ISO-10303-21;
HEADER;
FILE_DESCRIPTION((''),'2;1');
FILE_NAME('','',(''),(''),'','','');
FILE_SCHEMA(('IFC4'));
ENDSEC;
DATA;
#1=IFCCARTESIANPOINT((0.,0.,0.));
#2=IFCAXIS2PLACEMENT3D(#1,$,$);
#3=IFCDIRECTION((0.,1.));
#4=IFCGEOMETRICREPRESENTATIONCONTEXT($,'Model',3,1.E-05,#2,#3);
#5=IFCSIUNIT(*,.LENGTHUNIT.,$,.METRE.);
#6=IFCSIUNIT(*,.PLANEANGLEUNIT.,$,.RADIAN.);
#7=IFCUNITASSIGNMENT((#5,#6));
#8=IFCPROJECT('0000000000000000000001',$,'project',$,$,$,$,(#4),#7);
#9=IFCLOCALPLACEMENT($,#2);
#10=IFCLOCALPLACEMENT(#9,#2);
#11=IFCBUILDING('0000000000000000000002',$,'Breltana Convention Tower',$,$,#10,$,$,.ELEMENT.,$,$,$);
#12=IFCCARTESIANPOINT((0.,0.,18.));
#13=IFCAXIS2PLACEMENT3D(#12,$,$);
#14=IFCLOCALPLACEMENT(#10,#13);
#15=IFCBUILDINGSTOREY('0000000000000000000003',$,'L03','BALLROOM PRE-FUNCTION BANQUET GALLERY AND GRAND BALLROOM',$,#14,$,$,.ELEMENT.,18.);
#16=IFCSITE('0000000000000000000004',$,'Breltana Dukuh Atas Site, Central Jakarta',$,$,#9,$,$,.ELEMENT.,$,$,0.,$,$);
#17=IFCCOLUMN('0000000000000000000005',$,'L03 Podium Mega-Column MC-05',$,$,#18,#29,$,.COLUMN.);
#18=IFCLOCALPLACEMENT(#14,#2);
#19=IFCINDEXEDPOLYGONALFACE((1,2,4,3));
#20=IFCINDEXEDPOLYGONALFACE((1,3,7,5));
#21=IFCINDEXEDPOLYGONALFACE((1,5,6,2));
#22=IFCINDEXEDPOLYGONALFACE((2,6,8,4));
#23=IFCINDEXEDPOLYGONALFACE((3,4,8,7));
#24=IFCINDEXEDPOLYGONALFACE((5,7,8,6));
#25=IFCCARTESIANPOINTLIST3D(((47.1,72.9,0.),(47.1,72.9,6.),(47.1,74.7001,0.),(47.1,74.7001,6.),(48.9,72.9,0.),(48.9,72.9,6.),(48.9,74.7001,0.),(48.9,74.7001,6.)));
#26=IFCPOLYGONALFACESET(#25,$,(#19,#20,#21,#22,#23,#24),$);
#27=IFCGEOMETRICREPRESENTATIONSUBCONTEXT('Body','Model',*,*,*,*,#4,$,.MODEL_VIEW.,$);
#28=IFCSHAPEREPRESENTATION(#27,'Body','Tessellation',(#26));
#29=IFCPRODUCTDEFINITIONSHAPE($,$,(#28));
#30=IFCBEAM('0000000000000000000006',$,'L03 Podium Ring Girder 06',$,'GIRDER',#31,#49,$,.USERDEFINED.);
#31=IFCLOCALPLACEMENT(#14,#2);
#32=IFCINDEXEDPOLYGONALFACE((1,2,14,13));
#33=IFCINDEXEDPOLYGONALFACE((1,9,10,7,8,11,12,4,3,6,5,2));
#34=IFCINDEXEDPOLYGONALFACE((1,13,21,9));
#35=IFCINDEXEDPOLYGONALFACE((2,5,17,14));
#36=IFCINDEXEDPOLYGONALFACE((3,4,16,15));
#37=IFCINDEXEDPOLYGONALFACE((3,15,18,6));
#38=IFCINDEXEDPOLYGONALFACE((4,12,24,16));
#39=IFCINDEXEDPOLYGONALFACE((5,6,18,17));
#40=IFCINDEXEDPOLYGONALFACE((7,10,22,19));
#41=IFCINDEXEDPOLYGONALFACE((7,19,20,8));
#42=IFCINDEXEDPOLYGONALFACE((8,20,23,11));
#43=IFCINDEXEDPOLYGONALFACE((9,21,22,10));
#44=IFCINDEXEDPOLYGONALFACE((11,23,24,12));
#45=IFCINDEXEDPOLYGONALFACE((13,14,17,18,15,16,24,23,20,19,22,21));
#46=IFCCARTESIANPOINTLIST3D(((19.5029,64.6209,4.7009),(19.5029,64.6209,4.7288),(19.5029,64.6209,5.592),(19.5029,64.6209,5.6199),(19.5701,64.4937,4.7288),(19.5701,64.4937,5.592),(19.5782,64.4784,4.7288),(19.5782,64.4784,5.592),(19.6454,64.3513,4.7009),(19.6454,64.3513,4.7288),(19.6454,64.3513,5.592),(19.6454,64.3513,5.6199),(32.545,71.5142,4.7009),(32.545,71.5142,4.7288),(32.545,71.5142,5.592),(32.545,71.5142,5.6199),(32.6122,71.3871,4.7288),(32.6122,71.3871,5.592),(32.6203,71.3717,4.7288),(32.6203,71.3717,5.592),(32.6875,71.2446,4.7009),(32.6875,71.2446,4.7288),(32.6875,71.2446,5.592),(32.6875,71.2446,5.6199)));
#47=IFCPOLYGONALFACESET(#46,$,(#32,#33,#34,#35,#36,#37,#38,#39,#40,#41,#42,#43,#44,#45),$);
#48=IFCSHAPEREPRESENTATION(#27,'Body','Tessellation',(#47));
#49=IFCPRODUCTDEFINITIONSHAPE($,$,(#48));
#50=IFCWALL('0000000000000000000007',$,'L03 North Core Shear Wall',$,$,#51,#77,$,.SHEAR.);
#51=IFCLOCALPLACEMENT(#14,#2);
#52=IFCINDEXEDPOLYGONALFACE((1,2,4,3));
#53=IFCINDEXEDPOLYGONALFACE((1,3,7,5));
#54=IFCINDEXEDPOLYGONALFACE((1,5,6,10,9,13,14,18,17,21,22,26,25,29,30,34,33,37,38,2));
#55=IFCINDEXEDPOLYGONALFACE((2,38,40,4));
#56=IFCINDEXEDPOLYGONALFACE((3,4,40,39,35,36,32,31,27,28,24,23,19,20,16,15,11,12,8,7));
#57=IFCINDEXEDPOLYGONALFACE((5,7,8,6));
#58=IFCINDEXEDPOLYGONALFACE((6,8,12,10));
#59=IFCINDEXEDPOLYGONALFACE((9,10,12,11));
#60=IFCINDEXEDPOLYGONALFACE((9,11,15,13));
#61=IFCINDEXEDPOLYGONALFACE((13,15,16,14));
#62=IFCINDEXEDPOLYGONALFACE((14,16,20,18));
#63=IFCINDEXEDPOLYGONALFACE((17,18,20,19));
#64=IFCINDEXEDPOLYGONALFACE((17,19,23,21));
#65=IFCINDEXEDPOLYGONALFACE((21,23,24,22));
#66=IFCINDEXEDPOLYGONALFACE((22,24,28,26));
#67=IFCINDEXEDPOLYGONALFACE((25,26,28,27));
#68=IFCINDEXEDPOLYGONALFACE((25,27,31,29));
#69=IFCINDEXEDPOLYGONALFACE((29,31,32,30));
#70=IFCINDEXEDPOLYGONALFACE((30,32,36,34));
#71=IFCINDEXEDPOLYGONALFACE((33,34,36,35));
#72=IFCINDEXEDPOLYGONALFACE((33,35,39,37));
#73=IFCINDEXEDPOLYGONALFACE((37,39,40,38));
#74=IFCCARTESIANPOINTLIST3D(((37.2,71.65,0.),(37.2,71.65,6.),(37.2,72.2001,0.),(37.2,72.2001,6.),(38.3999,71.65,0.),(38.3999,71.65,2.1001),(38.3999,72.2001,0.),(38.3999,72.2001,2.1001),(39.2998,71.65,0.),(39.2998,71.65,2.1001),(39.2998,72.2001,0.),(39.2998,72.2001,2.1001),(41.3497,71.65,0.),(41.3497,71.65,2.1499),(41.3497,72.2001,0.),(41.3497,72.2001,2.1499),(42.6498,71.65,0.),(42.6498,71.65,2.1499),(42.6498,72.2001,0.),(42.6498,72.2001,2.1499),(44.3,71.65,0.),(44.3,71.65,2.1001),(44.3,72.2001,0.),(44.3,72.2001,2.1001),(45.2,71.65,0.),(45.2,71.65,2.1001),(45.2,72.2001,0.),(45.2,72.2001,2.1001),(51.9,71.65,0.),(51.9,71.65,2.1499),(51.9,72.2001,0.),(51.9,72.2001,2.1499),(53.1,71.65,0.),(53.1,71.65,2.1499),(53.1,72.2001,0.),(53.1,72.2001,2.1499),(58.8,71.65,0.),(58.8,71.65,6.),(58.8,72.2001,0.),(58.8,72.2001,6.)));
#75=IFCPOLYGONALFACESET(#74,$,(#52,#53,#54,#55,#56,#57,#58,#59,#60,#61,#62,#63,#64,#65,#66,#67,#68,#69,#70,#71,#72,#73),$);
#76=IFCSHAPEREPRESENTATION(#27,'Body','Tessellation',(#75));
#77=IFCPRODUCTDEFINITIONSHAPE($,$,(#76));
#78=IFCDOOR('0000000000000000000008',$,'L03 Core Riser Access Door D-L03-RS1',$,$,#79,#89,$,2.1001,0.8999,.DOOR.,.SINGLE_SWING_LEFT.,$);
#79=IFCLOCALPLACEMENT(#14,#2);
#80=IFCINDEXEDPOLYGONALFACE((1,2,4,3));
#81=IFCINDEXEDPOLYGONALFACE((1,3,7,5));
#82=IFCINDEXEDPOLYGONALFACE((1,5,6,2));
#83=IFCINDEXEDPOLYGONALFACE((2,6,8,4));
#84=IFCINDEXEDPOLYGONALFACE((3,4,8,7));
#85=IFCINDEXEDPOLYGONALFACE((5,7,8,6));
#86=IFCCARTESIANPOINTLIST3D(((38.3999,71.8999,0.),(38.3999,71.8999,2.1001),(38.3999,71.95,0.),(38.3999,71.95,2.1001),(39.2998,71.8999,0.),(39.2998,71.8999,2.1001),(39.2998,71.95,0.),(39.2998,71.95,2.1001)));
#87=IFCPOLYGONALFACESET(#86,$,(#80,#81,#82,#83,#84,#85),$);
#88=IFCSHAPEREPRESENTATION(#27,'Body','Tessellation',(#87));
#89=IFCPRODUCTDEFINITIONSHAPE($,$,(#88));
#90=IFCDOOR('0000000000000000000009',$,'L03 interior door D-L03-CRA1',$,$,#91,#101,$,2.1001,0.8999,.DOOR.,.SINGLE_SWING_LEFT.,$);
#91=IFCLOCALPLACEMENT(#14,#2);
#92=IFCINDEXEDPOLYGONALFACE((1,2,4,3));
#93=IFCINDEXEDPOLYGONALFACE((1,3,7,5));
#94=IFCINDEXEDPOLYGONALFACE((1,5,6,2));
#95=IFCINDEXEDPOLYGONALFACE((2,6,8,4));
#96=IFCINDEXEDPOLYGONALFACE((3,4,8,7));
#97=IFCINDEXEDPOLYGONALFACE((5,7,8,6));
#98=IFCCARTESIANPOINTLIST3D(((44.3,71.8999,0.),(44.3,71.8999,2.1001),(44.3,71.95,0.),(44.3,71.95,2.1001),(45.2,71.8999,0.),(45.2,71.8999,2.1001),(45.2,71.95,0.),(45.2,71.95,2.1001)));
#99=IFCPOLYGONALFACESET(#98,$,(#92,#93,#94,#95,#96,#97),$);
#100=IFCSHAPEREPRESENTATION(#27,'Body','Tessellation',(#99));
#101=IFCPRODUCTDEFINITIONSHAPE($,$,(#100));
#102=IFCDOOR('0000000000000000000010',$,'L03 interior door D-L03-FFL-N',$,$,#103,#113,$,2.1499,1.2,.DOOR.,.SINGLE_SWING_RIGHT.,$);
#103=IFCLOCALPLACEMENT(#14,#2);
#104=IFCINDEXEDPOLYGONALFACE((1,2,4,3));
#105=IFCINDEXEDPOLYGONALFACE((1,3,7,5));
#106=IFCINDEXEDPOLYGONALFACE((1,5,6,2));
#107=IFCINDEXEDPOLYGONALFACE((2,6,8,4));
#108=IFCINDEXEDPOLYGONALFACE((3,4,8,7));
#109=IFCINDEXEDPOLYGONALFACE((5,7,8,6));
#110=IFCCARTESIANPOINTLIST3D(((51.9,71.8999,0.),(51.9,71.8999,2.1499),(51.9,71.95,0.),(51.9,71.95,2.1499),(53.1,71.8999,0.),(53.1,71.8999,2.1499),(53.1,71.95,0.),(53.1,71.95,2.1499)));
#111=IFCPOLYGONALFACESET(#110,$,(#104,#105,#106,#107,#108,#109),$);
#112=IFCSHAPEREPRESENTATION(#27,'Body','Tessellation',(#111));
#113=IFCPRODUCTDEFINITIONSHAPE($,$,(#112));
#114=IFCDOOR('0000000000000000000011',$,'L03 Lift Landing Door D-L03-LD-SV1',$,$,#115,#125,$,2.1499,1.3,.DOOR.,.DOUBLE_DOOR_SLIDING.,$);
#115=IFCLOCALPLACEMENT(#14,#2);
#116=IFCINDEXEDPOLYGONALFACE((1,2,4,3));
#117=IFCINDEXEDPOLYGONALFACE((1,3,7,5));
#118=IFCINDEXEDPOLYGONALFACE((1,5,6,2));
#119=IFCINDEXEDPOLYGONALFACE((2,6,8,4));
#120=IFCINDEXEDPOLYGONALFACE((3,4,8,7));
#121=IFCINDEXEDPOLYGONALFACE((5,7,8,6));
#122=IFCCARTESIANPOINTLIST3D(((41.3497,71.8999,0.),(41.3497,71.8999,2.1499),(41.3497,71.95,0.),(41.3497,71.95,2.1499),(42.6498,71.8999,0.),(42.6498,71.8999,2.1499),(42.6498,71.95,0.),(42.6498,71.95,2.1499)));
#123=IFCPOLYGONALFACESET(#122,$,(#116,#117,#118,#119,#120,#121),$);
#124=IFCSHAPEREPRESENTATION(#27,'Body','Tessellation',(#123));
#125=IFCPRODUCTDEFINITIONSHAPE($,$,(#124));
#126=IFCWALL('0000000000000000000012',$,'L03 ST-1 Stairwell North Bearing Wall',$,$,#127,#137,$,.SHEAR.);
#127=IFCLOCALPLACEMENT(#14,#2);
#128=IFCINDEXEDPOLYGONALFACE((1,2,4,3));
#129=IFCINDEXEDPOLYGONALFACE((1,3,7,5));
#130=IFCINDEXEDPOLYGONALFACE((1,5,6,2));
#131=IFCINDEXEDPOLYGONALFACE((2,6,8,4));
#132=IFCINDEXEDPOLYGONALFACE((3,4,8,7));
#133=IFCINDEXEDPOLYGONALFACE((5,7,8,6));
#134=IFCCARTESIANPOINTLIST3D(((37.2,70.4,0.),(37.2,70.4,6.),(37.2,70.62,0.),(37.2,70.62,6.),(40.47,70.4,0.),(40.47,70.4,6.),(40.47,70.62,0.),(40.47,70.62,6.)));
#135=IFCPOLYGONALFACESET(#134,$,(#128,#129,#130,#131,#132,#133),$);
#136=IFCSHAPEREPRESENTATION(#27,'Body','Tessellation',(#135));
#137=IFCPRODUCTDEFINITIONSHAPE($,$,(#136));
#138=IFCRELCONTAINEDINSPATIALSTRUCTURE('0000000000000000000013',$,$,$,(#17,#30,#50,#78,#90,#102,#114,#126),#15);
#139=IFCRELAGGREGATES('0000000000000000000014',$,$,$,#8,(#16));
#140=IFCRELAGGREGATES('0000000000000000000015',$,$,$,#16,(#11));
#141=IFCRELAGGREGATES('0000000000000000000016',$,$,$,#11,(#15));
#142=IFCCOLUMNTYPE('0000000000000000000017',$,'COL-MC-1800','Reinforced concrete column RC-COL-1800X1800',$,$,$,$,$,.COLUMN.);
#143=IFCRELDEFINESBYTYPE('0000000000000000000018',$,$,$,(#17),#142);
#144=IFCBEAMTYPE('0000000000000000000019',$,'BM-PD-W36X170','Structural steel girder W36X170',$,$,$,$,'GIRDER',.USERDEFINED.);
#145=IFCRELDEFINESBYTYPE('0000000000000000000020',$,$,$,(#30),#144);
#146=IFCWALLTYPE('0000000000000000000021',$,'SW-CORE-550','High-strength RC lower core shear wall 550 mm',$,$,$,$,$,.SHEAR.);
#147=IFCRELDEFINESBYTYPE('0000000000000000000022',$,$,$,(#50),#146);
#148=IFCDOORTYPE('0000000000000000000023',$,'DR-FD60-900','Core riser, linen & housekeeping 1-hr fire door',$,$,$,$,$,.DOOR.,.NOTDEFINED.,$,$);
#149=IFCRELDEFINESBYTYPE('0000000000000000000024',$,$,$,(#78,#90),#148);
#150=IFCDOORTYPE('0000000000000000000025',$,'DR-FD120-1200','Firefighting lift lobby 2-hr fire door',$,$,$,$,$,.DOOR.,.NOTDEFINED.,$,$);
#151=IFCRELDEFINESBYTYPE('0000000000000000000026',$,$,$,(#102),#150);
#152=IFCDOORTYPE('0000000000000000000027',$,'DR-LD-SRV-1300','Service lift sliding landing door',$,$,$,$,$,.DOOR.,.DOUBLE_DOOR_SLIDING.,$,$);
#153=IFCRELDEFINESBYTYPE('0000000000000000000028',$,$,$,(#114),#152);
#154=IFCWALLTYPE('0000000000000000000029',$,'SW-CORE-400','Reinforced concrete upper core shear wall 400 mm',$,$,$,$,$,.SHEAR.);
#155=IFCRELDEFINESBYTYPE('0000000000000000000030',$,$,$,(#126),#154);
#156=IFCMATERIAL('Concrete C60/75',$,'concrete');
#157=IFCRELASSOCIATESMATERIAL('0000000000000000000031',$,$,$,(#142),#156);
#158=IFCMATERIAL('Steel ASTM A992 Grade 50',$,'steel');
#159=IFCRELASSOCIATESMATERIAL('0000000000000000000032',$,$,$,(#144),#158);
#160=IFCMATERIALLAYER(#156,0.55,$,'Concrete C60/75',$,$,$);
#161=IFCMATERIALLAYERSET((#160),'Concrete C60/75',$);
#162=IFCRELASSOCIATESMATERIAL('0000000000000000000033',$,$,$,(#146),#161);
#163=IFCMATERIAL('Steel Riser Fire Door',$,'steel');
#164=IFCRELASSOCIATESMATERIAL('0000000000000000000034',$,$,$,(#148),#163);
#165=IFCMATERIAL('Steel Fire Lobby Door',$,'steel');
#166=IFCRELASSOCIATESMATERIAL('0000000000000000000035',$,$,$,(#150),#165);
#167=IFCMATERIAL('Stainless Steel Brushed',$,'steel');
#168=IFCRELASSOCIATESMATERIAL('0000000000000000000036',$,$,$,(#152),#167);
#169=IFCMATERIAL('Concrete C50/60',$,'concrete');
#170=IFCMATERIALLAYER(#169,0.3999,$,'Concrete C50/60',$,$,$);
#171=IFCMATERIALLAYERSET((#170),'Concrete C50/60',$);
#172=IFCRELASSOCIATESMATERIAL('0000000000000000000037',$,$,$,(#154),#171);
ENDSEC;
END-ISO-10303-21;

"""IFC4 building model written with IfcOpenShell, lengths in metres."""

from ifc_helpers import new_model, si_unit, direction, frame, frame_2d, origin, origin_2d, place, context, subcontext, project, spatial, rectangle, i_section, extrude, source, transform, mapped, material, layer, layer_set, material_profile, profile_set, type_object, type_shapes, element, fill, save


model = new_model("IFC4")

# Units and contexts
model_context = context("Model", 3, precision=1e-05, world=origin(), true_north=direction((0.0, 1.0)))
body_context = subcontext(model_context, "Body", "Model", "MODEL_VIEW")
ifc_project = project(units=[si_unit("LENGTHUNIT", "METRE"), si_unit("PLANEANGLEUNIT", "RADIAN")], contexts=[model_context])

# Site, building, storey
site_placement = place(None, origin())
site = spatial("IfcSite", under=ifc_project, at=site_placement, Name="Breltana Dukuh Atas Site, Central Jakarta", CompositionType="ELEMENT", RefElevation=0.0)
building_placement = place(site_placement, origin())
building = spatial("IfcBuilding", under=site, at=building_placement, Name="Breltana Convention Tower", CompositionType="ELEMENT")
storey_placement = place(building_placement, frame((0.0, 0.0, 18.0)))
storey = spatial("IfcBuildingStorey", under=building, at=storey_placement, Name="L03", Description="BALLROOM PRE-FUNCTION BANQUET GALLERY AND GRAND BALLROOM", CompositionType="ELEMENT", Elevation=18.0)

# Column
ifc_material_1 = material(Name="Concrete C60/75", Category="concrete")
ifc_material_profile_1 = material_profile(ifc_material_1, rectangle(XDim=1.8, YDim=1.8, at=origin_2d()), Name="RC-COL-1800X1800")
ifc_profile_set_1 = profile_set([ifc_material_profile_1], Name="Concrete C60/75")
column_type = type_object("IfcColumnType", Name="COL-MC-1800", Description="Reinforced concrete column RC-COL-1800X1800", PredefinedType="COLUMN", material=ifc_profile_set_1)
shared_shape_1 = source(origin(), body_context, "Body", "SweptSolid", [
    extrude(rectangle(XDim=1.8, YDim=1.8, at=origin_2d()), origin(), (0.0, 0.0, 1.0), 6.0),
])
type_shapes(column_type, [shared_shape_1])
column_placement = place(storey_placement, frame((48.0, 73.8, 0.0), z_axis=(0.0, 0.0, 1.0), x_axis=(0.0, 1.0, 0.0)))
element("IfcColumn", 1, at=column_placement, inside=storey, type_object=column_type, Name="L03 Podium Mega-Column MC-05", PredefinedType="COLUMN", context=body_context, shape_type="MappedRepresentation", body=[
    mapped(shared_shape_1, transform((0.0, 0.0, 0.0), scale=1.0)),
])

# Beam
ifc_material_2 = material(Name="Steel ASTM A992 Grade 50", Category="steel")
ifc_material_profile_2 = material_profile(ifc_material_2, i_section(OverallWidth=0.3049, OverallDepth=0.9189, WebThickness=0.0173, FlangeThickness=0.0278, at=origin_2d()), Name="W36X170")
ifc_profile_set_2 = profile_set([ifc_material_profile_2], Name="Steel ASTM A992 Grade 50")
beam_type = type_object("IfcBeamType", Name="BM-PD-W36X170", Description="Structural steel girder W36X170", ElementType="GIRDER", PredefinedType="USERDEFINED", material=ifc_profile_set_2)
shared_shape_2 = source(origin(), body_context, "Body", "SweptSolid", [
    extrude(i_section(OverallWidth=0.3049, OverallDepth=0.9189, WebThickness=0.0173, FlangeThickness=0.0278, at=origin_2d()), origin(), (0.0, 0.0, 1.0), 14.7517),
])
beam_placement = place(storey_placement, frame((32.6162, 71.3794, 5.1604), z_axis=(-0.884104, -0.467291, 0.0), x_axis=(0.467291, -0.884104, 0.0)))
element("IfcBeam", 2, at=beam_placement, inside=storey, type_object=beam_type, Name="L03 Podium Ring Girder 06", ObjectType="GIRDER", PredefinedType="USERDEFINED", context=body_context, shape_type="MappedRepresentation", body=[
    mapped(shared_shape_2, transform((0.0, 0.0, 0.0), scale=1.0)),
])

# Wall, openings, doors
ifc_layer_1 = layer(ifc_material_1, 0.55, Name="Concrete C60/75")
ifc_layer_set_1 = layer_set([ifc_layer_1], Name="Concrete C60/75")
wall_type_1 = type_object("IfcWallType", Name="SW-CORE-550", Description="High-strength RC lower core shear wall 550 mm", PredefinedType="SHEAR", material=ifc_layer_set_1)
shared_shape_3 = source(origin(), body_context, "Body", "SweptSolid", [
    extrude(rectangle(XDim=21.6001, YDim=0.55, at=frame_2d((10.8, 0.0))), origin(), (0.0, 0.0, 1.0), 6.0),
])
wall_1_placement = place(storey_placement, frame((37.2, 71.925, 0.0), z_axis=(0.0, 0.0, 1.0), x_axis=(1.0, 0.0, 0.0)))
wall_1 = element("IfcWall", 3, at=wall_1_placement, inside=storey, type_object=wall_type_1, Name="L03 North Core Shear Wall", PredefinedType="SHEAR", context=body_context, shape_type="MappedRepresentation", body=[
    mapped(shared_shape_3, transform((0.0, 0.0, 0.0), scale=1.0)),
])
opening_1_placement = place(wall_1_placement, frame((1.2, 0.0, 0.0)))
opening_1 = element("IfcOpeningElement", 4, at=opening_1_placement, cuts=wall_1, PredefinedType="OPENING", context=body_context, shape_type="SweptSolid", body=[
    extrude(rectangle(XDim=0.8999, YDim=2.1001, at=frame_2d((0.45, 1.05))), frame((0.0, 0.2852, 0.0), z_axis=(0.0, -1.0, 0.0), x_axis=(1.0, 0.0, 0.0)), (0.0, 0.0, 1.0), 0.5701),
])
opening_2_placement = place(wall_1_placement, frame((14.7, 0.0, 0.0)))
opening_2 = element("IfcOpeningElement", 5, at=opening_2_placement, cuts=wall_1, PredefinedType="OPENING", context=body_context, shape_type="SweptSolid", body=[
    extrude(rectangle(XDim=1.2, YDim=2.1499, at=frame_2d((0.6001, 1.075))), frame((0.0, 0.2852, 0.0), z_axis=(0.0, -1.0, 0.0), x_axis=(1.0, 0.0, 0.0)), (0.0, 0.0, 1.0), 0.5701),
])
opening_3_placement = place(wall_1_placement, frame((4.1499, 0.0, 0.0)))
opening_3 = element("IfcOpeningElement", 6, at=opening_3_placement, cuts=wall_1, PredefinedType="OPENING", context=body_context, shape_type="SweptSolid", body=[
    extrude(rectangle(XDim=1.3, YDim=2.1499, at=frame_2d((0.6499, 1.075))), frame((0.0, 0.2852, 0.0), z_axis=(0.0, -1.0, 0.0), x_axis=(1.0, 0.0, 0.0)), (0.0, 0.0, 1.0), 0.5701),
])
opening_4_placement = place(wall_1_placement, frame((7.1001, 0.0, 0.0)))
opening_4 = element("IfcOpeningElement", 7, at=opening_4_placement, cuts=wall_1, PredefinedType="OPENING", context=body_context, shape_type="SweptSolid", body=[
    extrude(rectangle(XDim=0.8999, YDim=2.1001, at=frame_2d((0.45, 1.05))), frame((0.0, 0.2852, 0.0), z_axis=(0.0, -1.0, 0.0), x_axis=(1.0, 0.0, 0.0)), (0.0, 0.0, 1.0), 0.5701),
])
ifc_material_3 = material(Name="Steel Riser Fire Door", Category="steel")
door_type_1 = type_object("IfcDoorType", Name="DR-FD60-900", Description="Core riser, linen & housekeeping 1-hr fire door", OperationType="NOTDEFINED", PredefinedType="DOOR", material=ifc_material_3)
shared_shape_4 = source(origin(), body_context, "Body", "SweptSolid", [
    extrude(rectangle(XDim=0.8999, YDim=2.1001, at=frame_2d((0.45, 1.05))), frame((0.0, 0.0249, 0.0), z_axis=(0.0, -1.0, 0.0), x_axis=(1.0, 0.0, 0.0)), (0.0, 0.0, 1.0), 0.05),
])
type_shapes(door_type_1, [shared_shape_4])
door_1_placement = place(opening_1_placement, origin())
door_1 = element("IfcDoor", 8, at=door_1_placement, inside=storey, type_object=door_type_1, Name="L03 Core Riser Access Door D-L03-RS1", OperationType="SINGLE_SWING_LEFT", OverallHeight=2.1001, OverallWidth=0.8999, PredefinedType="DOOR", context=body_context, shape_type="MappedRepresentation", body=[
    mapped(shared_shape_4, transform((0.0, 0.0, 0.0), scale=1.0)),
])
fill(opening_1, door_1)
door_2_placement = place(opening_4_placement, origin())
door_2 = element("IfcDoor", 9, at=door_2_placement, inside=storey, type_object=door_type_1, Name="L03 interior door D-L03-CRA1", OperationType="SINGLE_SWING_LEFT", OverallHeight=2.1001, OverallWidth=0.8999, PredefinedType="DOOR", context=body_context, shape_type="MappedRepresentation", body=[
    mapped(shared_shape_4, transform((0.0, 0.0, 0.0), scale=1.0)),
])
fill(opening_4, door_2)
ifc_material_4 = material(Name="Steel Fire Lobby Door", Category="steel")
door_type_2 = type_object("IfcDoorType", Name="DR-FD120-1200", Description="Firefighting lift lobby 2-hr fire door", OperationType="NOTDEFINED", PredefinedType="DOOR", material=ifc_material_4)
shared_shape_5 = source(origin(), body_context, "Body", "SweptSolid", [
    extrude(rectangle(XDim=1.2, YDim=2.1499, at=frame_2d((0.6001, 1.075))), frame((0.0, 0.0249, 0.0), z_axis=(0.0, -1.0, 0.0), x_axis=(1.0, 0.0, 0.0)), (0.0, 0.0, 1.0), 0.05),
])
type_shapes(door_type_2, [shared_shape_5])
door_3_placement = place(opening_2_placement, origin())
door_3 = element("IfcDoor", 10, at=door_3_placement, inside=storey, type_object=door_type_2, Name="L03 interior door D-L03-FFL-N", OperationType="SINGLE_SWING_RIGHT", OverallHeight=2.1499, OverallWidth=1.2, PredefinedType="DOOR", context=body_context, shape_type="MappedRepresentation", body=[
    mapped(shared_shape_5, transform((0.0, 0.0, 0.0), scale=1.0)),
])
fill(opening_2, door_3)
ifc_material_5 = material(Name="Stainless Steel Brushed", Category="steel")
door_type_3 = type_object("IfcDoorType", Name="DR-LD-SRV-1300", Description="Service lift sliding landing door", OperationType="DOUBLE_DOOR_SLIDING", PredefinedType="DOOR", material=ifc_material_5)
shared_shape_6 = source(origin(), body_context, "Body", "SweptSolid", [
    extrude(rectangle(XDim=1.3, YDim=2.1499, at=frame_2d((0.6499, 1.075))), frame((0.0, 0.0249, 0.0), z_axis=(0.0, -1.0, 0.0), x_axis=(1.0, 0.0, 0.0)), (0.0, 0.0, 1.0), 0.05),
])
type_shapes(door_type_3, [shared_shape_6])
door_4_placement = place(opening_3_placement, origin())
door_4 = element("IfcDoor", 11, at=door_4_placement, inside=storey, type_object=door_type_3, Name="L03 Lift Landing Door D-L03-LD-SV1", OperationType="DOUBLE_DOOR_SLIDING", OverallHeight=2.1499, OverallWidth=1.3, PredefinedType="DOOR", context=body_context, shape_type="MappedRepresentation", body=[
    mapped(shared_shape_6, transform((0.0, 0.0, 0.0), scale=1.0)),
])
fill(opening_3, door_4)

# Wall
ifc_material_6 = material(Name="Concrete C50/60", Category="concrete")
ifc_layer_2 = layer(ifc_material_6, 0.3999, Name="Concrete C50/60")
ifc_layer_set_2 = layer_set([ifc_layer_2], Name="Concrete C50/60")
wall_type_2 = type_object("IfcWallType", Name="SW-CORE-400", Description="Reinforced concrete upper core shear wall 400 mm", PredefinedType="SHEAR", material=ifc_layer_set_2)
shared_shape_7 = source(origin(), body_context, "Body", "SweptSolid", [
    extrude(rectangle(XDim=3.27, YDim=0.22, at=frame_2d((1.635, 0.0))), origin(), (0.0, 0.0, 1.0), 6.0),
])
wall_2_placement = place(storey_placement, frame((37.2, 70.51, 0.0), z_axis=(0.0, 0.0, 1.0), x_axis=(1.0, 0.0, 0.0)))
element("IfcWall", 12, at=wall_2_placement, inside=storey, type_object=wall_type_2, Name="L03 ST-1 Stairwell North Bearing Wall", PredefinedType="SHEAR", context=body_context, shape_type="MappedRepresentation", body=[
    mapped(shared_shape_7, transform((0.0, 0.0, 0.0), scale=1.0)),
])

save(model, "model.ifc")
